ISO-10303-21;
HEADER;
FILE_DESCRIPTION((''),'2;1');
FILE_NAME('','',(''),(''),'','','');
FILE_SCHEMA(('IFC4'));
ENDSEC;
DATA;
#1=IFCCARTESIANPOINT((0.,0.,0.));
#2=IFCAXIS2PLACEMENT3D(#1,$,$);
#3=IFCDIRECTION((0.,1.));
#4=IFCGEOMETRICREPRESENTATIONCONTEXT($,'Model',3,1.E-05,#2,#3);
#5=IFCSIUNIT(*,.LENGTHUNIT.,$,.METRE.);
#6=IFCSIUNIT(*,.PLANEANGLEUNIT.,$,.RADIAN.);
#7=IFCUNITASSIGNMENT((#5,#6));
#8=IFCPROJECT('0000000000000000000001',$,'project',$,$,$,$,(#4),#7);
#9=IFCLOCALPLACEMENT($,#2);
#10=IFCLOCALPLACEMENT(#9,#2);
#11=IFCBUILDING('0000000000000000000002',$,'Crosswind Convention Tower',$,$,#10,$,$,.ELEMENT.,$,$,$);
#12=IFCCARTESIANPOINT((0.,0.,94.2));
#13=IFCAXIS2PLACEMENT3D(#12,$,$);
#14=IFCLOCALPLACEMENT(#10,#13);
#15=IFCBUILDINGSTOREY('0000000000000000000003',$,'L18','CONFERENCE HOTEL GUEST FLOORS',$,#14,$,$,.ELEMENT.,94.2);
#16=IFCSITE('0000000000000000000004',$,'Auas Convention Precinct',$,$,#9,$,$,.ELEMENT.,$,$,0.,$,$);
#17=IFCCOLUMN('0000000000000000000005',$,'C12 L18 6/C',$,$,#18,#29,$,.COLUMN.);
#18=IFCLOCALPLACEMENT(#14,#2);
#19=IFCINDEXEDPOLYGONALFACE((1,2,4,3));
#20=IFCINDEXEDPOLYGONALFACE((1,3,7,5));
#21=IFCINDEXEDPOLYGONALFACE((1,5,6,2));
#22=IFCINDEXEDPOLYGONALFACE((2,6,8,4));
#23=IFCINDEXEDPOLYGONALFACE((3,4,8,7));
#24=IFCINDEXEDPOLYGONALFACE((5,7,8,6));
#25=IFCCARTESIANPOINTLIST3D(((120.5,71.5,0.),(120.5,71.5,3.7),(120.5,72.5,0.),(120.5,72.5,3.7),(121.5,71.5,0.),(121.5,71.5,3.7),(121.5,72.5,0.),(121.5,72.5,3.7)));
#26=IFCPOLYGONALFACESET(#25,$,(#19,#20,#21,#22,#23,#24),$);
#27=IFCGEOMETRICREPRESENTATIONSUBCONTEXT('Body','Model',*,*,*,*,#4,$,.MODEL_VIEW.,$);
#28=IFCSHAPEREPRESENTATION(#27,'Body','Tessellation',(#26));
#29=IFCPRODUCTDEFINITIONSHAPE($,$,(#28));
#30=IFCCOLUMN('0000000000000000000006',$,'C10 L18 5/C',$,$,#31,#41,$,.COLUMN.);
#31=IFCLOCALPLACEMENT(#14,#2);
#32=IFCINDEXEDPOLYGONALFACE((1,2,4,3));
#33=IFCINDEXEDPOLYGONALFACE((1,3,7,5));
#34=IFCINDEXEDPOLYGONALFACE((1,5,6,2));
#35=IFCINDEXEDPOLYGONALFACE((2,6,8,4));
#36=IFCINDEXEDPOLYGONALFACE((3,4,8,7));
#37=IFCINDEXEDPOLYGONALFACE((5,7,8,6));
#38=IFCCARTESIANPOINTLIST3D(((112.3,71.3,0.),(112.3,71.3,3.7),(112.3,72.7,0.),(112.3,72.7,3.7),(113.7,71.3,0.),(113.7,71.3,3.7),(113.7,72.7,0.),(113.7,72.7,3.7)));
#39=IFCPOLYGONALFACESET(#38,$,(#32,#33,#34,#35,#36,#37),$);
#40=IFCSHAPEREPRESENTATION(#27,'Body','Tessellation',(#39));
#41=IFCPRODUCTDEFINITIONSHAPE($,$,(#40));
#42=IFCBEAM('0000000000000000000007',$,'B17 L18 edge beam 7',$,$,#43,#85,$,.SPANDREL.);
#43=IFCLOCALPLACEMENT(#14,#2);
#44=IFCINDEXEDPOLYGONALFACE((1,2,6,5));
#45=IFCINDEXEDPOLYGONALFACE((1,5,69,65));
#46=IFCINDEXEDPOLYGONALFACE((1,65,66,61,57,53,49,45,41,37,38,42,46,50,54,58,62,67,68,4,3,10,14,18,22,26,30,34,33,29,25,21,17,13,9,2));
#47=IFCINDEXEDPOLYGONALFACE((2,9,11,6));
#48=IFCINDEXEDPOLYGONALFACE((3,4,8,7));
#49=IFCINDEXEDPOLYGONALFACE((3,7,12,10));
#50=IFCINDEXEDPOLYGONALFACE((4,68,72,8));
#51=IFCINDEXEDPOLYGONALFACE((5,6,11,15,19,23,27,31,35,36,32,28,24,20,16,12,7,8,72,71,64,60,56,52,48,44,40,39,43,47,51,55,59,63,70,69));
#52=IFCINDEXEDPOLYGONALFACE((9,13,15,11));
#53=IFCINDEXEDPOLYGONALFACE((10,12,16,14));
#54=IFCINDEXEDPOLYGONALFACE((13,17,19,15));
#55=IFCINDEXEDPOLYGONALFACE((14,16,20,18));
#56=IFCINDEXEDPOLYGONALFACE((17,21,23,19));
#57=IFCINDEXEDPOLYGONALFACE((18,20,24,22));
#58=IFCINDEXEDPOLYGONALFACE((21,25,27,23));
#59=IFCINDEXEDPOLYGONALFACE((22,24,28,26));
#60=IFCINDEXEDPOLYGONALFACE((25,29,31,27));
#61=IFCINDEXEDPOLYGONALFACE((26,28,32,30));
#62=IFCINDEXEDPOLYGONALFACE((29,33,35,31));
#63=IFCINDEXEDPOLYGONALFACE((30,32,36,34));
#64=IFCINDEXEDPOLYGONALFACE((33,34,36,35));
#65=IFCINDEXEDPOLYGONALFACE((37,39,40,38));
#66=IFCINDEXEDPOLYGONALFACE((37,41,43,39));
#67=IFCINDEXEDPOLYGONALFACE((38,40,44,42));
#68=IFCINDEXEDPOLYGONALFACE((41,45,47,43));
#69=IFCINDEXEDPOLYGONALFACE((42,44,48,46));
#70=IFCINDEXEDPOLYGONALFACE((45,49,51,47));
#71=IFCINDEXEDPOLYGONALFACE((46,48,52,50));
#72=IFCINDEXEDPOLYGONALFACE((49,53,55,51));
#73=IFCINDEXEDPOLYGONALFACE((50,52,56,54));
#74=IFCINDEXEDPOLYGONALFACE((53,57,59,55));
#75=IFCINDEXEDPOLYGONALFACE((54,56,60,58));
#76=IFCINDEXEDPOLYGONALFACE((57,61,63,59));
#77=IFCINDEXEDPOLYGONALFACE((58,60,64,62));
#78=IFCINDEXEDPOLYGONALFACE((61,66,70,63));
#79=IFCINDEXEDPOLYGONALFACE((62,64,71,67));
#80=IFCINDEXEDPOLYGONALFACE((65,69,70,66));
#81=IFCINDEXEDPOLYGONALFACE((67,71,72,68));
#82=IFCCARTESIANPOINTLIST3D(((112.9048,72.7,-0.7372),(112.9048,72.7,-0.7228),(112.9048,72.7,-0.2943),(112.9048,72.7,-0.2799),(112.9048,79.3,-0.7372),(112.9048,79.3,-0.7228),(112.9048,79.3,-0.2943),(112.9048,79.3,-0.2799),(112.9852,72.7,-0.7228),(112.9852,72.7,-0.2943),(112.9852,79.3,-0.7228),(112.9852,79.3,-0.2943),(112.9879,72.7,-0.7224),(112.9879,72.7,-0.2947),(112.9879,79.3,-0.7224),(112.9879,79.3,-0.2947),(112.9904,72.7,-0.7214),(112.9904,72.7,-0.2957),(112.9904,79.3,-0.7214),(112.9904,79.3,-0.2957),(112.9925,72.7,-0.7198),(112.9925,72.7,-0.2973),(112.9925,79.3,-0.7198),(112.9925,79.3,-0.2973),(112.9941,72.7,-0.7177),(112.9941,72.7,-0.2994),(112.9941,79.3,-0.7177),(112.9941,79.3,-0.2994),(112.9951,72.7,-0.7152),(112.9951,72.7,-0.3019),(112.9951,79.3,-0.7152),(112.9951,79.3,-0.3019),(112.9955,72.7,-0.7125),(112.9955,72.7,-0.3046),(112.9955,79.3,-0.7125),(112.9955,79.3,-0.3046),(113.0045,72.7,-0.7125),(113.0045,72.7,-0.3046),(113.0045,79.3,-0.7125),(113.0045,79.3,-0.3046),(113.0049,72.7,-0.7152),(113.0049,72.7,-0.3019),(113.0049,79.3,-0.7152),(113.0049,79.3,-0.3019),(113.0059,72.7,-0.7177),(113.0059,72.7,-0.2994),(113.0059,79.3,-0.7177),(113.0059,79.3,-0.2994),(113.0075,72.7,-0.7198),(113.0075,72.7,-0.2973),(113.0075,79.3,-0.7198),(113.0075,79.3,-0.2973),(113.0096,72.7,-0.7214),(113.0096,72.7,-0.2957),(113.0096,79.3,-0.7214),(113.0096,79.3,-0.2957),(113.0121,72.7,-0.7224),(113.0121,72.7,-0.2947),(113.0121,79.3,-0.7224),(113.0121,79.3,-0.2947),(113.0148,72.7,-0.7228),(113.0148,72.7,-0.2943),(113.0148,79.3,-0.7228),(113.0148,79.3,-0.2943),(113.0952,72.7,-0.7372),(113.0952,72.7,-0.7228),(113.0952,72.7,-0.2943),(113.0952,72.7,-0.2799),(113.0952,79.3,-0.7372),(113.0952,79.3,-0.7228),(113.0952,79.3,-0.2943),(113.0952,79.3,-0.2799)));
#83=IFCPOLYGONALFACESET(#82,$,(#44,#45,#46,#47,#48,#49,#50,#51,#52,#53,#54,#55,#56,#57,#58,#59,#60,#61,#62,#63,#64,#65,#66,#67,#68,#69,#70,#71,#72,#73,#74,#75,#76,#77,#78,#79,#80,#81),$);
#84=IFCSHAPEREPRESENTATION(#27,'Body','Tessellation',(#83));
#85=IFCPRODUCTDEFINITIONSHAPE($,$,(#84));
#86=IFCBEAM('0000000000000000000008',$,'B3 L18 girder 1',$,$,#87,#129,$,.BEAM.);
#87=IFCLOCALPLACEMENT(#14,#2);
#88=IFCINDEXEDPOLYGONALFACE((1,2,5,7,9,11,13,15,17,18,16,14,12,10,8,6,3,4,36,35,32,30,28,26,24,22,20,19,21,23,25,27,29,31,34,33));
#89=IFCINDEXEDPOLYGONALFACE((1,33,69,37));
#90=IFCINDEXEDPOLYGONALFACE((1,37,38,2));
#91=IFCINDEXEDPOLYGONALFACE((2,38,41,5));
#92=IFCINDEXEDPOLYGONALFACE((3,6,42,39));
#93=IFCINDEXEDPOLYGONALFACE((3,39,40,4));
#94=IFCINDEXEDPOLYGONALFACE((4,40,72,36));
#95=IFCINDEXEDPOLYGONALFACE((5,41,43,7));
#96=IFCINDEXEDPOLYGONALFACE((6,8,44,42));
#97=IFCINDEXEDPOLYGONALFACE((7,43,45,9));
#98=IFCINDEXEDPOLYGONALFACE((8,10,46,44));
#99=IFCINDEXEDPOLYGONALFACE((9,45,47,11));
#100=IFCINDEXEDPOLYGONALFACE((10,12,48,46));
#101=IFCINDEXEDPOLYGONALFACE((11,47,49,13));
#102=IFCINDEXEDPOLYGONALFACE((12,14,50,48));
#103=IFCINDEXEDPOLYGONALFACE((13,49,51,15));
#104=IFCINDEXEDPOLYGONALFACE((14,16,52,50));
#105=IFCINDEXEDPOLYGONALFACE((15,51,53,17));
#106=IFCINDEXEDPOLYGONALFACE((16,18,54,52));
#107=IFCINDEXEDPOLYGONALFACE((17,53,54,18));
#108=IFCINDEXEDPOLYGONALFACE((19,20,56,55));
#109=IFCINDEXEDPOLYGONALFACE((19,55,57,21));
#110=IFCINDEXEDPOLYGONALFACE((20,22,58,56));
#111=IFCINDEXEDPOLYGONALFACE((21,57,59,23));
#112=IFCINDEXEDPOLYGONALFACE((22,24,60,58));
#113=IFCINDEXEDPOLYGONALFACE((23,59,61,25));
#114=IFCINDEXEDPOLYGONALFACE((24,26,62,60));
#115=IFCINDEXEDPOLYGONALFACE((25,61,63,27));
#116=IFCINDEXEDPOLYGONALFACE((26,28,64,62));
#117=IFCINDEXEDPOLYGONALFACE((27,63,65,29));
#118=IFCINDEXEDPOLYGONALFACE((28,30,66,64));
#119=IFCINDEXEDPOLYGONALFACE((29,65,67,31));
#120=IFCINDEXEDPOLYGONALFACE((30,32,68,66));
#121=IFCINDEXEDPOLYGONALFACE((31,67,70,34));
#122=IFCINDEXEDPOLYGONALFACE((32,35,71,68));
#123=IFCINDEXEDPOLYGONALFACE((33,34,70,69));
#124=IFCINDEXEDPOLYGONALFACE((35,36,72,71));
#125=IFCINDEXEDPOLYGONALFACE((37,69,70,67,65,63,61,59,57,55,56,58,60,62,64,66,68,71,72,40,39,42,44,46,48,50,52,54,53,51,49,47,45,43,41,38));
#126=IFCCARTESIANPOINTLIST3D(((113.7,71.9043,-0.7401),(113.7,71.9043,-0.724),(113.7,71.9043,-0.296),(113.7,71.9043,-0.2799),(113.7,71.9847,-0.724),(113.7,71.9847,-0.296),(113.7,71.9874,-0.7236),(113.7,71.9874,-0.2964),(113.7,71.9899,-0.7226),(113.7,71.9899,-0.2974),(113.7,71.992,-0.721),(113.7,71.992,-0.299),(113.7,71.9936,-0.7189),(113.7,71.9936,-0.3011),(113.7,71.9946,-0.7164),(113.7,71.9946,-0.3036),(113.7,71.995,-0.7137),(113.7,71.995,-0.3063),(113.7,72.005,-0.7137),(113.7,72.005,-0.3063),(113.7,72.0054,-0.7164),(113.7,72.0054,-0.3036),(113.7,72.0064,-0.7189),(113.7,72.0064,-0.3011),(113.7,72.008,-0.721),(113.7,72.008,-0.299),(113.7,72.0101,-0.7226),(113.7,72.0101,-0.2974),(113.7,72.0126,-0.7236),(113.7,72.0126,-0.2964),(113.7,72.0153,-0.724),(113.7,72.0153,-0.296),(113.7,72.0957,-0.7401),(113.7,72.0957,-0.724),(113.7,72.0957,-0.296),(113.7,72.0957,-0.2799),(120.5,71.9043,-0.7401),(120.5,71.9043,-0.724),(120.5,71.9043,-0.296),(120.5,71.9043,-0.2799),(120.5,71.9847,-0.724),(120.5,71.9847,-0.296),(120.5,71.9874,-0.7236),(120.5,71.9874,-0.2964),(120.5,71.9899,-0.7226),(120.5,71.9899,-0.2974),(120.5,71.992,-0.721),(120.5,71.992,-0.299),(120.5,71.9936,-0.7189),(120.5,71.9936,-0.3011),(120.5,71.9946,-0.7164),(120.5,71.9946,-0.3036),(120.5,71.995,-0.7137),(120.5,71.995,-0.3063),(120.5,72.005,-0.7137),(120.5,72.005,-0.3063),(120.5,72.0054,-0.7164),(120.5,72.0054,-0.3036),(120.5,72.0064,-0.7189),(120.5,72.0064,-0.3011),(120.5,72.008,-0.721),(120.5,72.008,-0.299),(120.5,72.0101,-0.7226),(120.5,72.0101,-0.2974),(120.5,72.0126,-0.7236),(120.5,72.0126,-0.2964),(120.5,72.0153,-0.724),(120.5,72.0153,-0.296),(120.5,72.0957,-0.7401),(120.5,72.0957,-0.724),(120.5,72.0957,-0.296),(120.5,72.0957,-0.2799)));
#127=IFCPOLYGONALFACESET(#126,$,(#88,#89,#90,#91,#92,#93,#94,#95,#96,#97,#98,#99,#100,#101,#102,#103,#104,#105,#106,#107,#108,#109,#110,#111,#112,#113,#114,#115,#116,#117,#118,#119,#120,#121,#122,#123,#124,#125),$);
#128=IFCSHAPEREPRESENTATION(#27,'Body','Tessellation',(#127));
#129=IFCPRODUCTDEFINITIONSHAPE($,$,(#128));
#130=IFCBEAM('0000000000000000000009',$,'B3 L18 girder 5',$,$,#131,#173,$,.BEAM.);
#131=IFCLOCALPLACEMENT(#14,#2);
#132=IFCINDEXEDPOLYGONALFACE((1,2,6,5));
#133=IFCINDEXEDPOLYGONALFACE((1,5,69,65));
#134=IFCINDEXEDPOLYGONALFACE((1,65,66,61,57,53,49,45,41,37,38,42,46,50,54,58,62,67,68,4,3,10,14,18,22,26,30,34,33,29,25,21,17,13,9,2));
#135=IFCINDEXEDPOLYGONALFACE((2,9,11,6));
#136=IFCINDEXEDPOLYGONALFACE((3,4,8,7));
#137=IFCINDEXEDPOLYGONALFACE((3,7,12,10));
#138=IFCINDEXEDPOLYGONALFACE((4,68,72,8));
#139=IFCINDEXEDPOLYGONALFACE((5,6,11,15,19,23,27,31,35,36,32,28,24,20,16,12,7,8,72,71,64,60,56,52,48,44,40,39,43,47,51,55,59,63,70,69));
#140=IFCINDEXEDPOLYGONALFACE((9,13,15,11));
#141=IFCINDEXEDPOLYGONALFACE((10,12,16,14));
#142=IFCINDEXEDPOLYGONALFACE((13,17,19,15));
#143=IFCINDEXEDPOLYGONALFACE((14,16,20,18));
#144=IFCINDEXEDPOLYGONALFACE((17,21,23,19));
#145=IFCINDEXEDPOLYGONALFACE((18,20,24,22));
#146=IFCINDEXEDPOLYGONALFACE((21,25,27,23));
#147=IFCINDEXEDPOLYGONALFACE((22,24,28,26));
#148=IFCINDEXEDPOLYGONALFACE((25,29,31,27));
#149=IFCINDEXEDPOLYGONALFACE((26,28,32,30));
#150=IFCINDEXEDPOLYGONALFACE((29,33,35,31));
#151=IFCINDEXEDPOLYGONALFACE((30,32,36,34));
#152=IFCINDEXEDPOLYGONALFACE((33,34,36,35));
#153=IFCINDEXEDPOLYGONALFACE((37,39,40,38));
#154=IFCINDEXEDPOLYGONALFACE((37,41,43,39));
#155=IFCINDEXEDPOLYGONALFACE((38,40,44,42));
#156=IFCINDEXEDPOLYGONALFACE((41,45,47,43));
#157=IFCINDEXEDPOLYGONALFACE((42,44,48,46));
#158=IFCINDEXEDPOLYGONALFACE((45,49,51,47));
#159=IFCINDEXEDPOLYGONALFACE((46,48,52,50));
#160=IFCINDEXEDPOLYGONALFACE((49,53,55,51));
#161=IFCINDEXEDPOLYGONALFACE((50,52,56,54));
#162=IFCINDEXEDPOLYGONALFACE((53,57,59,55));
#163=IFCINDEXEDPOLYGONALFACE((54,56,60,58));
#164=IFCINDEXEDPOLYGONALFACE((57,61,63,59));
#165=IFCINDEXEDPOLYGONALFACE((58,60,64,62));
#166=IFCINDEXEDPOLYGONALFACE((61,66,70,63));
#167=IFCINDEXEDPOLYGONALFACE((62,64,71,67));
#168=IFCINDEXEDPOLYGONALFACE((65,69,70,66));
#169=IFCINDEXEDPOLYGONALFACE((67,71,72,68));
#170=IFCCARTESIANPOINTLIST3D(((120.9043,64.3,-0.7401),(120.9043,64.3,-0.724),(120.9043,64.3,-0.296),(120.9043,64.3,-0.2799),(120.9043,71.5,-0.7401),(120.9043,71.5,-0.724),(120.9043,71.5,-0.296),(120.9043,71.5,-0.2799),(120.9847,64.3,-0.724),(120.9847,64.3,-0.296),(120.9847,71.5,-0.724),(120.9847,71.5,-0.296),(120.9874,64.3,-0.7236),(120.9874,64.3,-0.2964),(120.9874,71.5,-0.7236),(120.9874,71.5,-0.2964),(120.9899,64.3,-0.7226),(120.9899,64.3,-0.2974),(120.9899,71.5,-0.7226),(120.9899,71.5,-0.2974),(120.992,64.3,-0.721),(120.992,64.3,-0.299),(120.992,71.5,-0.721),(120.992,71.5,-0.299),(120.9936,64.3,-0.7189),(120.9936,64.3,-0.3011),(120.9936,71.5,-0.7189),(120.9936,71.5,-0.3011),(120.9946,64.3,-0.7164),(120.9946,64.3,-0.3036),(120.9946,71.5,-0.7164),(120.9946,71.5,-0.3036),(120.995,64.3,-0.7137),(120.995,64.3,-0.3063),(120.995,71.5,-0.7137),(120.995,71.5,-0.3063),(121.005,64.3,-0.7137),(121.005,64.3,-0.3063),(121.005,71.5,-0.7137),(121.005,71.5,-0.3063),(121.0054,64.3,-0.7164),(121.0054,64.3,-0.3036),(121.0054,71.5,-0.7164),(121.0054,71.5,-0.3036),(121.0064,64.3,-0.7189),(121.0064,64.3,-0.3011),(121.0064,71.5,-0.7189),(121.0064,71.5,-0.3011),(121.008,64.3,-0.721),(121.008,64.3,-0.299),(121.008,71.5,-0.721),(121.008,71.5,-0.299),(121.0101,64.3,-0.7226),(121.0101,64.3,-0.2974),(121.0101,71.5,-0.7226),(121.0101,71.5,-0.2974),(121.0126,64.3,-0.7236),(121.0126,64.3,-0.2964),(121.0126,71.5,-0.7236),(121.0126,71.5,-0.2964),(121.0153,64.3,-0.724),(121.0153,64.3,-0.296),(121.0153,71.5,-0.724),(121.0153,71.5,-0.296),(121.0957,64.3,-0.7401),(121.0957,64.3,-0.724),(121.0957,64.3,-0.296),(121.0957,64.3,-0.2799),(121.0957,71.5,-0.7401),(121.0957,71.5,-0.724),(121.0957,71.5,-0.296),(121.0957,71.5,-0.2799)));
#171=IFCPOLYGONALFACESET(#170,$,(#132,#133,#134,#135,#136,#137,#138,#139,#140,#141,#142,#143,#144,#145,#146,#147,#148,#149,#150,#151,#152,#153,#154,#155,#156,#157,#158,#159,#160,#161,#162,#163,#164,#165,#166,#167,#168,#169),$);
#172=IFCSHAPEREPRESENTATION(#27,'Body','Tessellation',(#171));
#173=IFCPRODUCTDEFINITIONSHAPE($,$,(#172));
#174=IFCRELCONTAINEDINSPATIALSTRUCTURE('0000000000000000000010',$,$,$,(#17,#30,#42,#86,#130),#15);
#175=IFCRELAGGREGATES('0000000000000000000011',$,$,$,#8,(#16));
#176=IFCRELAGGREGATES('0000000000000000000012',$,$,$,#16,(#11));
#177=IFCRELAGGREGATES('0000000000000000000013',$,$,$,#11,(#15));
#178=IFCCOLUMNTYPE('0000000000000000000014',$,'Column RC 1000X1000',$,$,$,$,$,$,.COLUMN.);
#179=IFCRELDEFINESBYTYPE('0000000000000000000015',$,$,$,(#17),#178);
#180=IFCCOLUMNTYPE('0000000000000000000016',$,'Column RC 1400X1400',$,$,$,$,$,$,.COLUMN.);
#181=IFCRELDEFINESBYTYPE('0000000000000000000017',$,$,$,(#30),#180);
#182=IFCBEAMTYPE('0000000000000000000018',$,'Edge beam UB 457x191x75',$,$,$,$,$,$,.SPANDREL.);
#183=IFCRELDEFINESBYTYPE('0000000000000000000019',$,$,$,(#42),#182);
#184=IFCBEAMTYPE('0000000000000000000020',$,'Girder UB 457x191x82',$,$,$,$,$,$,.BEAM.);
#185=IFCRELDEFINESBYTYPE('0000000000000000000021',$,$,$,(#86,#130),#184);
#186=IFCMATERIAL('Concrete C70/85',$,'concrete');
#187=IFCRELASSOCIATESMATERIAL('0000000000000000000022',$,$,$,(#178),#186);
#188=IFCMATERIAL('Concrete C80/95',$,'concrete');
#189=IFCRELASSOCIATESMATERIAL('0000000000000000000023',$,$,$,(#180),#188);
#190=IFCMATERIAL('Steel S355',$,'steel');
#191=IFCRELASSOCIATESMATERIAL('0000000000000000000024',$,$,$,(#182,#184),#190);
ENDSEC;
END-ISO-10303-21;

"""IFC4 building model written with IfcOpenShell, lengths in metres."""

from ifc_helpers import new_model, si_unit, direction, frame, origin, origin_2d, place, context, subcontext, project, spatial, rectangle, i_section, extrude, material, material_profile, profile_set, type_object, element, save


model = new_model("IFC4")

# Units and contexts
model_context = context("Model", 3, precision=1e-05, world=origin(), true_north=direction((0.0, 1.0)))
body_context = subcontext(model_context, "Body", "Model", "MODEL_VIEW")
ifc_project = project(units=[si_unit("LENGTHUNIT", "METRE"), si_unit("PLANEANGLEUNIT", "RADIAN")], contexts=[model_context])

# Site, building, storey
site_placement = place(None, origin())
site = spatial("IfcSite", under=ifc_project, at=site_placement, Name="Auas Convention Precinct", CompositionType="ELEMENT", RefElevation=0.0)
building_placement = place(site_placement, origin())
building = spatial("IfcBuilding", under=site, at=building_placement, Name="Crosswind Convention Tower", CompositionType="ELEMENT")
storey_placement = place(building_placement, frame((0.0, 0.0, 94.2)))
storey = spatial("IfcBuildingStorey", under=building, at=storey_placement, Name="L18", Description="CONFERENCE HOTEL GUEST FLOORS", CompositionType="ELEMENT", Elevation=94.2)

# Columns
ifc_material_1 = material(Name="Concrete C70/85", Category="concrete")
ifc_material_profile_1 = material_profile(ifc_material_1, rectangle(XDim=1.0, YDim=1.0, at=origin_2d()), Name="RC 1000X1000")
ifc_profile_set_1 = profile_set([ifc_material_profile_1], Name="Concrete C70/85")
column_type_1 = type_object("IfcColumnType", Name="Column RC 1000X1000", PredefinedType="COLUMN", material=ifc_profile_set_1)
column_1_placement = place(storey_placement, frame((121.0, 72.0, 0.0), z_axis=(0.0, 0.0, 1.0), x_axis=(1.0, 0.0, 0.0)))
element("IfcColumn", 1, at=column_1_placement, inside=storey, type_object=column_type_1, Name="C12 L18 6/C", PredefinedType="COLUMN", context=body_context, shape_type="SweptSolid", body=[
    extrude(rectangle(XDim=1.0, YDim=1.0, at=origin_2d()), origin(), (0.0, 0.0, 1.0), 3.7),
])
ifc_material_2 = material(Name="Concrete C80/95", Category="concrete")
ifc_material_profile_2 = material_profile(ifc_material_2, rectangle(XDim=1.3999, YDim=1.3999, at=origin_2d()), Name="RC 1400X1400")
ifc_profile_set_2 = profile_set([ifc_material_profile_2], Name="Concrete C80/95")
column_type_2 = type_object("IfcColumnType", Name="Column RC 1400X1400", PredefinedType="COLUMN", material=ifc_profile_set_2)
column_2_placement = place(storey_placement, frame((113.0, 72.0, 0.0), z_axis=(0.0, 0.0, 1.0), x_axis=(1.0, 0.0, 0.0)))
element("IfcColumn", 2, at=column_2_placement, inside=storey, type_object=column_type_2, Name="C10 L18 5/C", PredefinedType="COLUMN", context=body_context, shape_type="SweptSolid", body=[
    extrude(rectangle(XDim=1.3999, YDim=1.3999, at=origin_2d()), origin(), (0.0, 0.0, 1.0), 3.7),
])

# Beams
ifc_material_3 = material(Name="Steel S355", Category="steel")
ifc_material_profile_3 = material_profile(ifc_material_3, i_section(OverallWidth=0.1904, OverallDepth=0.4573, WebThickness=0.009, FlangeThickness=0.0144, FilletRadius=0.0103, at=origin_2d()), Name="UB 457x191x75")
ifc_profile_set_3 = profile_set([ifc_material_profile_3], Name="Steel S355")
beam_type_1 = type_object("IfcBeamType", Name="Edge beam UB 457x191x75", PredefinedType="SPANDREL", material=ifc_profile_set_3)
beam_1_placement = place(storey_placement, frame((113.0, 72.7, -0.5085), z_axis=(0.0, 1.0, 0.0), x_axis=(-1.0, 0.0, 0.0)))
element("IfcBeam", 3, at=beam_1_placement, inside=storey, type_object=beam_type_1, Name="B17 L18 edge beam 7", PredefinedType="SPANDREL", context=body_context, shape_type="SweptSolid", body=[
    extrude(i_section(OverallWidth=0.1904, OverallDepth=0.4573, WebThickness=0.009, FlangeThickness=0.0144, FilletRadius=0.0103, at=origin_2d()), origin(), (0.0, 0.0, 1.0), 6.6001),
])
ifc_material_profile_4 = material_profile(ifc_material_3, i_section(OverallWidth=0.1914, OverallDepth=0.4602, WebThickness=0.01, FlangeThickness=0.0161, FilletRadius=0.0103, at=origin_2d()), Name="UB 457x191x82")
ifc_profile_set_4 = profile_set([ifc_material_profile_4], Name="Steel S355")
beam_type_2 = type_object("IfcBeamType", Name="Girder UB 457x191x82", PredefinedType="BEAM", material=ifc_profile_set_4)
beam_2_placement = place(storey_placement, frame((113.7, 72.0, -0.51), z_axis=(1.0, 0.0, 0.0), x_axis=(0.0, 1.0, 0.0)))
element("IfcBeam", 4, at=beam_2_placement, inside=storey, type_object=beam_type_2, Name="B3 L18 girder 1", PredefinedType="BEAM", context=body_context, shape_type="SweptSolid", body=[
    extrude(i_section(OverallWidth=0.1914, OverallDepth=0.4602, WebThickness=0.01, FlangeThickness=0.0161, FilletRadius=0.0103, at=origin_2d()), origin(), (0.0, 0.0, 1.0), 6.8),
])
beam_3_placement = place(storey_placement, frame((121.0, 64.3, -0.51), z_axis=(0.0, 1.0, 0.0), x_axis=(-1.0, 0.0, 0.0)))
element("IfcBeam", 5, at=beam_3_placement, inside=storey, type_object=beam_type_2, Name="B3 L18 girder 5", PredefinedType="BEAM", context=body_context, shape_type="SweptSolid", body=[
    extrude(i_section(OverallWidth=0.1914, OverallDepth=0.4602, WebThickness=0.01, FlangeThickness=0.0161, FilletRadius=0.0103, at=origin_2d()), origin(), (0.0, 0.0, 1.0), 7.2),
])

save(model, "model.ifc")
